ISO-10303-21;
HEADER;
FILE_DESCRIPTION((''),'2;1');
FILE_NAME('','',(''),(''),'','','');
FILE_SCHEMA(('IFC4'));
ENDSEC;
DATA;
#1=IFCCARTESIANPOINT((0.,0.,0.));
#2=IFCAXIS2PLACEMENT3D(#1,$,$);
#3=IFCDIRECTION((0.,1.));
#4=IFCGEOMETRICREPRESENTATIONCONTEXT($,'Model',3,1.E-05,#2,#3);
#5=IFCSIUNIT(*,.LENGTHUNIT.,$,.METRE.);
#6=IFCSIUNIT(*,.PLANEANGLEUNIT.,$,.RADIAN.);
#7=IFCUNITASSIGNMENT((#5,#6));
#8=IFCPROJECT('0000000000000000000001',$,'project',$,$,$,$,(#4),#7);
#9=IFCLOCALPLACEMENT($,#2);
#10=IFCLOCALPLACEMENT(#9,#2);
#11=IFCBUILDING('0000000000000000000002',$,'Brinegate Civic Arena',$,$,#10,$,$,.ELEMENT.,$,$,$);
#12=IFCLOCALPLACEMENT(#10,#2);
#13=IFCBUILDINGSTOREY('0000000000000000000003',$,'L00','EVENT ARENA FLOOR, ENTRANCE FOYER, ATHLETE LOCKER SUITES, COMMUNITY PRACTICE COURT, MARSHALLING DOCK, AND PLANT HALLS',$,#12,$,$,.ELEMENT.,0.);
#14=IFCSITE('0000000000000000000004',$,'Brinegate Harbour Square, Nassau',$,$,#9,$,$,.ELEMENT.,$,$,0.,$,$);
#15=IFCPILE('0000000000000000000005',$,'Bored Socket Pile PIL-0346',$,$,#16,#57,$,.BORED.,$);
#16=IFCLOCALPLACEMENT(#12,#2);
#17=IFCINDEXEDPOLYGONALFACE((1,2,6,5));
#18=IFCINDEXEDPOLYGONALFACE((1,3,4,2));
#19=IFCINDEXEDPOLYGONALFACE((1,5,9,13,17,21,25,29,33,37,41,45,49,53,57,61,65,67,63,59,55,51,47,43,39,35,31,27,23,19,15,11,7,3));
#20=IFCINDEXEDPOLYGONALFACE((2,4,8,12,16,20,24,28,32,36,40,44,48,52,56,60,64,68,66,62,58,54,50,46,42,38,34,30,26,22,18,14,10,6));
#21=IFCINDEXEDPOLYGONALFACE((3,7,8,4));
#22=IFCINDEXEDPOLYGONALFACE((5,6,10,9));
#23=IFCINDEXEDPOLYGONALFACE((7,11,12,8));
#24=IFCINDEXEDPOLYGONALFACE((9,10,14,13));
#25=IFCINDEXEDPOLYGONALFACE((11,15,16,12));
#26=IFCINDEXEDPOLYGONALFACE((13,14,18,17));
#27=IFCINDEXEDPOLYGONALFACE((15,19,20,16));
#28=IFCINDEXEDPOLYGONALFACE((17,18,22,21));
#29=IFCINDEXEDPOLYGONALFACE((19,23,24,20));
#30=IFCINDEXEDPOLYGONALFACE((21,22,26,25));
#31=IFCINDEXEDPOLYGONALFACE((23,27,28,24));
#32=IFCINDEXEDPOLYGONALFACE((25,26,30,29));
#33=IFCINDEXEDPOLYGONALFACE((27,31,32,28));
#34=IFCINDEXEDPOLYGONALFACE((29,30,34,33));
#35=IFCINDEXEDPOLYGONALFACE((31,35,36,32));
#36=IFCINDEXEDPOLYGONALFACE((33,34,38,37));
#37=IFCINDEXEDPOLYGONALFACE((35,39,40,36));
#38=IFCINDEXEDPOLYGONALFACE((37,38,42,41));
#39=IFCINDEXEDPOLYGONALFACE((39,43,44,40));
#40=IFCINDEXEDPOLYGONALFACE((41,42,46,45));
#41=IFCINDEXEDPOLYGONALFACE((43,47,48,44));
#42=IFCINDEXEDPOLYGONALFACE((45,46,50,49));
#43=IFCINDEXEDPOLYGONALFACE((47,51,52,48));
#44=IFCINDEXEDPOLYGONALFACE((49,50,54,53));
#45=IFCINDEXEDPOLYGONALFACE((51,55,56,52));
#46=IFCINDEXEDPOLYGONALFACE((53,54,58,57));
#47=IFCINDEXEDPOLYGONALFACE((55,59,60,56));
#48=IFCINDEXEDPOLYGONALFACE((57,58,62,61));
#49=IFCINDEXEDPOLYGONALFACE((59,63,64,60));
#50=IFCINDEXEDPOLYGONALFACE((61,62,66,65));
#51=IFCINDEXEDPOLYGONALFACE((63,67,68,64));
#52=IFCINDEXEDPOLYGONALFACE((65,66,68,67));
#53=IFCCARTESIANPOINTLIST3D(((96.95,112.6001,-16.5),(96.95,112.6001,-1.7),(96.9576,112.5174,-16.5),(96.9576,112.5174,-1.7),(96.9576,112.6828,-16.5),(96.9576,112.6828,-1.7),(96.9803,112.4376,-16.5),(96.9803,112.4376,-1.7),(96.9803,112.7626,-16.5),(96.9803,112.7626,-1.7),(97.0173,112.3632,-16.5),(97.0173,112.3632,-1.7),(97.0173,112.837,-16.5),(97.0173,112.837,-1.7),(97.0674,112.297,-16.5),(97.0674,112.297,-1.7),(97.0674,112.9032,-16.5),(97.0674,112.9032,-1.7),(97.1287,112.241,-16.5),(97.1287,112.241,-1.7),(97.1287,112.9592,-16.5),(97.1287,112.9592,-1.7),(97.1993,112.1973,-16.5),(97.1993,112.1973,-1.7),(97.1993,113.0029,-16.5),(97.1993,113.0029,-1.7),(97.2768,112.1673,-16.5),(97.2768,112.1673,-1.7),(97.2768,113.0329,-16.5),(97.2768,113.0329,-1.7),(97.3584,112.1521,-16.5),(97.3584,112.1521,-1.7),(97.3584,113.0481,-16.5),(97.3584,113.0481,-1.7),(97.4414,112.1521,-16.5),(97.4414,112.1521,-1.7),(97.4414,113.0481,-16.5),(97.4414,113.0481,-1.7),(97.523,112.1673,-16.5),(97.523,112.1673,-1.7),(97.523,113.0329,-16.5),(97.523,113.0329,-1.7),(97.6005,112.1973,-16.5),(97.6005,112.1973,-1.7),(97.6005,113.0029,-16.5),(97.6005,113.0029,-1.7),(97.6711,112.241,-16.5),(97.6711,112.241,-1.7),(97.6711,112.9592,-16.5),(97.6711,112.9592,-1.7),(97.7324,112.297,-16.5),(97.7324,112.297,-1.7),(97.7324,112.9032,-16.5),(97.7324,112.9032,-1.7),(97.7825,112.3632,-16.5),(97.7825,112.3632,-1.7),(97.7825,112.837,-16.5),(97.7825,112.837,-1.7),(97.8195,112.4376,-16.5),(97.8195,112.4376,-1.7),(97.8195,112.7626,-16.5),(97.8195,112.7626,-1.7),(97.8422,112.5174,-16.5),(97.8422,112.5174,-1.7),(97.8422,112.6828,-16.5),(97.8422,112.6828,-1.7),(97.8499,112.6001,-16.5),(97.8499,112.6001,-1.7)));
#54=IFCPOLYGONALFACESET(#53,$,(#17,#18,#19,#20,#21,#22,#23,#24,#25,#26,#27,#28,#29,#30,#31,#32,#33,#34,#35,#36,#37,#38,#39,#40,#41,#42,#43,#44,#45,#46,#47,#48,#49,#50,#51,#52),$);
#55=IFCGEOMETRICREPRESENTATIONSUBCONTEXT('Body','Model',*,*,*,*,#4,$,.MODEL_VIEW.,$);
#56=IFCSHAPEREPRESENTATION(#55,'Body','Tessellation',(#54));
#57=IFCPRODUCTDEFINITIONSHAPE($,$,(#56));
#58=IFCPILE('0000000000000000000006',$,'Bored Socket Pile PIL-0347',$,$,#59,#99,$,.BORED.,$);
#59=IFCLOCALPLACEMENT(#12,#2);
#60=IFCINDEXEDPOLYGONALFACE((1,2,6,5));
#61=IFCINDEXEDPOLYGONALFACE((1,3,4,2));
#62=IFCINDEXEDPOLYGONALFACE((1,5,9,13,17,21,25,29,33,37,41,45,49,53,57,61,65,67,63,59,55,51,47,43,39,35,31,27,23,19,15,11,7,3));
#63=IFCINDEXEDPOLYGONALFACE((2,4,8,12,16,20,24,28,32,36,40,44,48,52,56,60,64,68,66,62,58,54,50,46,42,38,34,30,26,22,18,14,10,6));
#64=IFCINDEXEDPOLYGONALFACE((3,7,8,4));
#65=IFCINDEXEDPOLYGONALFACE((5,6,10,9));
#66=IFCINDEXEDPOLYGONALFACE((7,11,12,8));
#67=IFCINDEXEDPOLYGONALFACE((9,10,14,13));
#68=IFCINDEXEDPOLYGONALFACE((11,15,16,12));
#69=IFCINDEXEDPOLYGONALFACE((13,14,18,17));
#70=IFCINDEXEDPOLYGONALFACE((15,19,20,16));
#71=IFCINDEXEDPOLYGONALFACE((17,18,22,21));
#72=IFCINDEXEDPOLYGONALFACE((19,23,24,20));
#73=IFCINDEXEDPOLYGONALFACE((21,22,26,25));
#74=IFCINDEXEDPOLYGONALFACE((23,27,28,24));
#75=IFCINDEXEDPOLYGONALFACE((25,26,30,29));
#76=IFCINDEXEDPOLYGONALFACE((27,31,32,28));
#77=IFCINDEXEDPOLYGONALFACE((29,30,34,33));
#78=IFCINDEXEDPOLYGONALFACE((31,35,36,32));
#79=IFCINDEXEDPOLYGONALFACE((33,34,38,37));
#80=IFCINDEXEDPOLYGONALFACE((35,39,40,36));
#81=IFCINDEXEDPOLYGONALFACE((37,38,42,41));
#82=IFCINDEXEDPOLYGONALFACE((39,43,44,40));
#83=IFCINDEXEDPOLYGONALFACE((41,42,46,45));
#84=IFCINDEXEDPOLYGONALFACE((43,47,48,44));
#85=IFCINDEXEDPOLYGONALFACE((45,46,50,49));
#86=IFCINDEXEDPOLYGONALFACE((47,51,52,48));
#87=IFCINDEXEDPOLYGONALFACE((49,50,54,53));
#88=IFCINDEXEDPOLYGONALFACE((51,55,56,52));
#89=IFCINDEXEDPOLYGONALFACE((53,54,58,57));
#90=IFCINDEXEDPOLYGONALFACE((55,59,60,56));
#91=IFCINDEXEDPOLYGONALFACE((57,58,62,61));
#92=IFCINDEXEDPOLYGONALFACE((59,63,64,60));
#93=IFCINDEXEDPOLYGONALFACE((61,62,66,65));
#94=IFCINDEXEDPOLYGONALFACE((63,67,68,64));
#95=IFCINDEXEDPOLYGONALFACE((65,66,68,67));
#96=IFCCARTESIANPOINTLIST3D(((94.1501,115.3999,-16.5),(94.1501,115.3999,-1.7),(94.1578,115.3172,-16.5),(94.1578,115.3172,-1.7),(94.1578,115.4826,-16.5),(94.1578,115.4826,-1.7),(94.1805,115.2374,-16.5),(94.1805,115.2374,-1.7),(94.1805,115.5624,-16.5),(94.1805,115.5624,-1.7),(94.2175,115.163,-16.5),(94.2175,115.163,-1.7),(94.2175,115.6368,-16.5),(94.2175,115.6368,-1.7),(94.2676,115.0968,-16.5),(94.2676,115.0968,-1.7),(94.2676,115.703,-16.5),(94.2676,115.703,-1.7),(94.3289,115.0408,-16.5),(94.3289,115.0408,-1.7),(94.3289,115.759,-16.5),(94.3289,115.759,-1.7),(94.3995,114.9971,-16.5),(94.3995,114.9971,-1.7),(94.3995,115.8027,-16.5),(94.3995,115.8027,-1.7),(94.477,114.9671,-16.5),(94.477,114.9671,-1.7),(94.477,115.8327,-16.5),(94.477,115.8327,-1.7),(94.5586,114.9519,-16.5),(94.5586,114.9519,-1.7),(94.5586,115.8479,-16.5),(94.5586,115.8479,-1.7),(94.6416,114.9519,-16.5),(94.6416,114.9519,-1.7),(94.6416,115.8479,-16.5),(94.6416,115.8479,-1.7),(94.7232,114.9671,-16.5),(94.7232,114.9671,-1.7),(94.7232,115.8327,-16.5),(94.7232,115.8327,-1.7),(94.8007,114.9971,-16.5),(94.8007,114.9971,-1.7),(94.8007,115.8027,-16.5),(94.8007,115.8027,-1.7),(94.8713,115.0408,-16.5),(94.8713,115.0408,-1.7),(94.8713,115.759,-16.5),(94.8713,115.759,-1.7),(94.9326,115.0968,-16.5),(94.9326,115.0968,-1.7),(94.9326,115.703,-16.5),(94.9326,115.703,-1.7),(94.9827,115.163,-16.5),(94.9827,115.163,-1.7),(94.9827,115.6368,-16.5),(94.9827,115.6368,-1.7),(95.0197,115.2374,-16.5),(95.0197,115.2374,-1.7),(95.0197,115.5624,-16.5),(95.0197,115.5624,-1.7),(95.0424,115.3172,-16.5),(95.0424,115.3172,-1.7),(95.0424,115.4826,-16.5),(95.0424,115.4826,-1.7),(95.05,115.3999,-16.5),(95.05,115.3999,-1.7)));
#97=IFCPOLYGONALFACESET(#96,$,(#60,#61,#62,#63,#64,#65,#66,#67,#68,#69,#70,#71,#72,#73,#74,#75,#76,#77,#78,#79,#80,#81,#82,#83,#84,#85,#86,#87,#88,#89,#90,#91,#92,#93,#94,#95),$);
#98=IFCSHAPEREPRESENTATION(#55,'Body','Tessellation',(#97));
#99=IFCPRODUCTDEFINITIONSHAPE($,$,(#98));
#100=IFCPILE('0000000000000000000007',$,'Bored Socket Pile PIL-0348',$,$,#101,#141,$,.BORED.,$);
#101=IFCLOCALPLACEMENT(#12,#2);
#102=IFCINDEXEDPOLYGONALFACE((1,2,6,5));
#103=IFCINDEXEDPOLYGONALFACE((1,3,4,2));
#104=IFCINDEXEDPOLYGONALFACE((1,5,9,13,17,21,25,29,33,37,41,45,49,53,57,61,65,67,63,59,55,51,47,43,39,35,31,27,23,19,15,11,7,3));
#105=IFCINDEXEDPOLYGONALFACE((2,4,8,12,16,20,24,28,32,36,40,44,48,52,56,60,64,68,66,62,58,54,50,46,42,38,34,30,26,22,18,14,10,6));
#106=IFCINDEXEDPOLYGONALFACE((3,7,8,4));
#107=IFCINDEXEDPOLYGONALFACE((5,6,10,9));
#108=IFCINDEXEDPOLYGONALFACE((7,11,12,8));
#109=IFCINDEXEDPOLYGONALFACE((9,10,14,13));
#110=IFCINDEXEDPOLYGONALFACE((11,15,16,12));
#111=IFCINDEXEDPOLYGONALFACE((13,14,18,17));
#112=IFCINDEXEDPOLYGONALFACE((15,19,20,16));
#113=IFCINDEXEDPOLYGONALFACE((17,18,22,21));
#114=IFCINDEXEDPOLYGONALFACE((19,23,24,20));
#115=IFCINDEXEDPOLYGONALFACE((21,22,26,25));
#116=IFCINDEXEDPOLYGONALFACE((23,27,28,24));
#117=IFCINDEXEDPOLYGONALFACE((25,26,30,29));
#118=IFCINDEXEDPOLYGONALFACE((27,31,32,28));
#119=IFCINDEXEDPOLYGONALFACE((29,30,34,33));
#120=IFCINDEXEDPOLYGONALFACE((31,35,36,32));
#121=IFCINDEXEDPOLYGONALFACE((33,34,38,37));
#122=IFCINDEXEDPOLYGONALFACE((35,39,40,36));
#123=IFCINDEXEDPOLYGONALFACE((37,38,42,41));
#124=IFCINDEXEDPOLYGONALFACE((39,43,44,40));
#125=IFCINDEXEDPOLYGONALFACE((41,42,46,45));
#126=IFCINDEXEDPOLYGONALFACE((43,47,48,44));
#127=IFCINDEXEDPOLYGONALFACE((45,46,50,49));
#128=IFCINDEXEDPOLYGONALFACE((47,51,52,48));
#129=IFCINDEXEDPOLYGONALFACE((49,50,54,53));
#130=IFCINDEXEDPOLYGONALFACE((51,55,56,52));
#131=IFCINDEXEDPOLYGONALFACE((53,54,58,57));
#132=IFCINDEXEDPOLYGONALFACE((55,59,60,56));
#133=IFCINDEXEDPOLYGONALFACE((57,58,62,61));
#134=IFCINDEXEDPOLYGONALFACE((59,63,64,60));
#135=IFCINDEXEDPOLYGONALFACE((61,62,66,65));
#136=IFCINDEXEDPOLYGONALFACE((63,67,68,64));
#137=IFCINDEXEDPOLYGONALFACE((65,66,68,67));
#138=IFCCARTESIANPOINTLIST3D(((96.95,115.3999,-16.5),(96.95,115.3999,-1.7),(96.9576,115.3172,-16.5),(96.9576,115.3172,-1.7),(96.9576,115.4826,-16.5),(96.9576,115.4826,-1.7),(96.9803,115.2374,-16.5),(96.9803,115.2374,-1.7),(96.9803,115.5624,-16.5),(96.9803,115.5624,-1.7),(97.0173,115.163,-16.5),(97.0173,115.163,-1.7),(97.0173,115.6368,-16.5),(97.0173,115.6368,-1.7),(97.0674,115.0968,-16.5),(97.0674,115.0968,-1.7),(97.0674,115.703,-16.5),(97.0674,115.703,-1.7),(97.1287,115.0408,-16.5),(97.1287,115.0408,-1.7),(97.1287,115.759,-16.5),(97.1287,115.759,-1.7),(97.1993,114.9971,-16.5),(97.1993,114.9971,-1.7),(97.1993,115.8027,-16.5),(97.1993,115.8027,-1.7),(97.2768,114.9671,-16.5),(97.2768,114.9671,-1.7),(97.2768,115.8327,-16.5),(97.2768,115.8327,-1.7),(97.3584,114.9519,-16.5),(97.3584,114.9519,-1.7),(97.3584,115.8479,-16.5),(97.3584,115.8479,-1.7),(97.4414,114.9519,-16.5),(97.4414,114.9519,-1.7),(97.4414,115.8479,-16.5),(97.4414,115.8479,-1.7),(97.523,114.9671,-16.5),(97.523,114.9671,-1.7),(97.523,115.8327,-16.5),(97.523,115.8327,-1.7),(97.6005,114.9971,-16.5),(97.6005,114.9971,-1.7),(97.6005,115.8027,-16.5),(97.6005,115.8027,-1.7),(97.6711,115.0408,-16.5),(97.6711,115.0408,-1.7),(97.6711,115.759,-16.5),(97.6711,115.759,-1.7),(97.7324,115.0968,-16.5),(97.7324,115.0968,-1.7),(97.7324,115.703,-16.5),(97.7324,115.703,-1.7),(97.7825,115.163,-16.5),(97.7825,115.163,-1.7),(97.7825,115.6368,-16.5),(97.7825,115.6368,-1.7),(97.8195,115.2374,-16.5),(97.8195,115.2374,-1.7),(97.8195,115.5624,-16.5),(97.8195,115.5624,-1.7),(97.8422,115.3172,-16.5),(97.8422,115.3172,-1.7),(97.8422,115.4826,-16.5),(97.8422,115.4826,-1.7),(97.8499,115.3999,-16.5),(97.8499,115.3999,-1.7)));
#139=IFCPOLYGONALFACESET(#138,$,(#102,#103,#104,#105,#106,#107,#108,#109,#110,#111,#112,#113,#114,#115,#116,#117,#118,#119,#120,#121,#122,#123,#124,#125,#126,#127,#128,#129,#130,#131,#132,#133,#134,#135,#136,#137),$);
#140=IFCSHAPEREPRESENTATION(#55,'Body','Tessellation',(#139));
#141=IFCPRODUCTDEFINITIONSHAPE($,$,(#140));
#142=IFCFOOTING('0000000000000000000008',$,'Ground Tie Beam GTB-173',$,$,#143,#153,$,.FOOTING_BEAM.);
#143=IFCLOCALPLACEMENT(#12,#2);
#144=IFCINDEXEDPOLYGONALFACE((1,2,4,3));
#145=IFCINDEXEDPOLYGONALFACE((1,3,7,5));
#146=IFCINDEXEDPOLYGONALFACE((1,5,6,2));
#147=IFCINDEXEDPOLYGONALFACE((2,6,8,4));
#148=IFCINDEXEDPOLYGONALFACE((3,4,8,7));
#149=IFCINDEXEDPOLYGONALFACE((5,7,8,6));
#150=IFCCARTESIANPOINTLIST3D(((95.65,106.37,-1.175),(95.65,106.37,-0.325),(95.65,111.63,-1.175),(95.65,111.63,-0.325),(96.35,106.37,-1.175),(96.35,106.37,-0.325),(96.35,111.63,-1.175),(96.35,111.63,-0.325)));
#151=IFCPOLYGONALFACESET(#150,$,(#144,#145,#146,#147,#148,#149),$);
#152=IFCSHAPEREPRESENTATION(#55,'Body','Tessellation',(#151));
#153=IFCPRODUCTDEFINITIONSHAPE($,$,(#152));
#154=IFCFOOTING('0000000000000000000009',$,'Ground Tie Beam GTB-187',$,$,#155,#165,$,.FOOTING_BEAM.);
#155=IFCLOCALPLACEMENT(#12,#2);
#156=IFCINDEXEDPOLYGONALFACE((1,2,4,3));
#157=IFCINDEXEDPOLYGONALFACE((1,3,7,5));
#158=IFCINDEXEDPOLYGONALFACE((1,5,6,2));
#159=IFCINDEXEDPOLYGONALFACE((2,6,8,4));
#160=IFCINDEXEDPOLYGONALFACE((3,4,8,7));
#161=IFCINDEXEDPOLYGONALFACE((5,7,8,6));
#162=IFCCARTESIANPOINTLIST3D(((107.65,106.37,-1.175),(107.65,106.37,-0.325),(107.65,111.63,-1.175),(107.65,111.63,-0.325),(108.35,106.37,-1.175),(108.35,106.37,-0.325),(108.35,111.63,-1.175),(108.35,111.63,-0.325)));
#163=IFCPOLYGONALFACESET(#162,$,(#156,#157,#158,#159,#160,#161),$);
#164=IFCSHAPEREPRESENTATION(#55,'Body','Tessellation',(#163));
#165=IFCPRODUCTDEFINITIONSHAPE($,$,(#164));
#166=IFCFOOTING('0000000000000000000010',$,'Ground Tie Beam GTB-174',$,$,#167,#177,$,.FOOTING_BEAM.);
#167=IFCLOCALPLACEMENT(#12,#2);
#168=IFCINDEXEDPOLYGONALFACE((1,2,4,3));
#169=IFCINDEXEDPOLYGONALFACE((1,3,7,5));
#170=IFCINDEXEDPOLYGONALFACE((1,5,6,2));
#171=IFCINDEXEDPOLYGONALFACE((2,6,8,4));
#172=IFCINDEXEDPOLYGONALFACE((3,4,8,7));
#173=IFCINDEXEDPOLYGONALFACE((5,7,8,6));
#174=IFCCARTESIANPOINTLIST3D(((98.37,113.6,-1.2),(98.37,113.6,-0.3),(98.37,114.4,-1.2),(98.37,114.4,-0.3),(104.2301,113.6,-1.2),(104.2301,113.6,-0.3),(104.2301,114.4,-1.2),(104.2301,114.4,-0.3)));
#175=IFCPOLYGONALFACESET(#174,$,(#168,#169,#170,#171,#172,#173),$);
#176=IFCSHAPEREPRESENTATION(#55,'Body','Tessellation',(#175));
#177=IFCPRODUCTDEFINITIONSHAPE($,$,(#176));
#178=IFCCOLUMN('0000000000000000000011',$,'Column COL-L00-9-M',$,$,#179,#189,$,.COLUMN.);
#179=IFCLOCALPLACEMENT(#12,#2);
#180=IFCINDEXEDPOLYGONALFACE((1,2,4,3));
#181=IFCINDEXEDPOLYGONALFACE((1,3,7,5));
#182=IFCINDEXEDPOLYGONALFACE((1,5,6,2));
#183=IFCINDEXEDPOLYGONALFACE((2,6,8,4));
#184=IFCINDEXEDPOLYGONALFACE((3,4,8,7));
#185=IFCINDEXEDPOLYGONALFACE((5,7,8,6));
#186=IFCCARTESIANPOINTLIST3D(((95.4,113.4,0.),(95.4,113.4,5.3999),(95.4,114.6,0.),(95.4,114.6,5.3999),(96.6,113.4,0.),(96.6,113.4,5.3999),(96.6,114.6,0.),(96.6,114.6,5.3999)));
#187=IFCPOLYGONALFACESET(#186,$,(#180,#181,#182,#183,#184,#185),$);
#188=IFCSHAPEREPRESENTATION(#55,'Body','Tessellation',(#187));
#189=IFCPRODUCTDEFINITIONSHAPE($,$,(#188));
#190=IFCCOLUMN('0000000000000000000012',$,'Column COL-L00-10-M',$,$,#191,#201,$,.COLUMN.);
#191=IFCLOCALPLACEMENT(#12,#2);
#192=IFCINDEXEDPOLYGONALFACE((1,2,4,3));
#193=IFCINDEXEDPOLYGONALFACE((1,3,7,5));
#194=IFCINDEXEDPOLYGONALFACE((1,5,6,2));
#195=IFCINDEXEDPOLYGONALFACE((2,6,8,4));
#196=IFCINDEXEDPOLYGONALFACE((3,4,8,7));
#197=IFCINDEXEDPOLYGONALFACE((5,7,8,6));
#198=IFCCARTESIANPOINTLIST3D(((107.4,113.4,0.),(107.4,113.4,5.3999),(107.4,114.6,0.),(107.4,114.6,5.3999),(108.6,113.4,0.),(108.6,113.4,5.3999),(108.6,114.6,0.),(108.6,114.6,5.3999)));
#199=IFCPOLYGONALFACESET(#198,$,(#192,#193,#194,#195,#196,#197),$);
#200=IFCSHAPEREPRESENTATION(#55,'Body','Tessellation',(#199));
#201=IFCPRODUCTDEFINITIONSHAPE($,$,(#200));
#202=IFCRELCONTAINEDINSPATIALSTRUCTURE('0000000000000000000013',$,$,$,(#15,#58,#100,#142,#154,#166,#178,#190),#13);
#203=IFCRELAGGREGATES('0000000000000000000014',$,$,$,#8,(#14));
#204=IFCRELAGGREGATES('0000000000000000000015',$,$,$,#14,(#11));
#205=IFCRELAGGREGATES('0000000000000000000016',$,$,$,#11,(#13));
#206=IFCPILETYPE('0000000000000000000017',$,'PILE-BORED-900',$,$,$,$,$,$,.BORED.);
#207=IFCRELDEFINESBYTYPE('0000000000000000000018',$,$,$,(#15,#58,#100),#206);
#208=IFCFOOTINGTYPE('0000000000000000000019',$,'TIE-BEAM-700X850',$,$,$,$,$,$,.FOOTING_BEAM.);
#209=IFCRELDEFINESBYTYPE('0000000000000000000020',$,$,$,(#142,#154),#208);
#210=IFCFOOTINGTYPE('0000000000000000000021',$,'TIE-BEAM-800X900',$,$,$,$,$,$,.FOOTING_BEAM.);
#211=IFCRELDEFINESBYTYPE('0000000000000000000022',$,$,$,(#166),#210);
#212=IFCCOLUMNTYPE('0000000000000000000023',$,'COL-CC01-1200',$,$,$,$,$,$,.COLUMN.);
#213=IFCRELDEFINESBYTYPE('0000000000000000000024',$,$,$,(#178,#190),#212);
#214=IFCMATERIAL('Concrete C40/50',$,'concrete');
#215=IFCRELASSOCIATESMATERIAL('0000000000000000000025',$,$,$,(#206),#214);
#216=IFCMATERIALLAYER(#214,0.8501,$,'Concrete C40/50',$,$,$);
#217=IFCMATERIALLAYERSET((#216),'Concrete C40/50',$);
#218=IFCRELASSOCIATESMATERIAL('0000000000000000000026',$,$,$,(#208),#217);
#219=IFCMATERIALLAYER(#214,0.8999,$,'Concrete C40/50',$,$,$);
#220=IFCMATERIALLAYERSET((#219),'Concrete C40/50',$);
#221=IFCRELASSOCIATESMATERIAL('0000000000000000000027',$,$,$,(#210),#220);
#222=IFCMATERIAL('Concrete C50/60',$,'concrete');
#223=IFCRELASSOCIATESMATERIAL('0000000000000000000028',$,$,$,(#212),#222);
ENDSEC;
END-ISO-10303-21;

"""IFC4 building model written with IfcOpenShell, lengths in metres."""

from ifc_helpers import new_model, si_unit, direction, frame, origin, origin_2d, place, context, subcontext, project, spatial, rectangle, circle, extrude, material, layer, layer_set, material_profile, profile_set, type_object, element, save


model = new_model("IFC4")

# Units and contexts
model_context = context("Model", 3, precision=1e-05, world=origin(), true_north=direction((0.0, 1.0)))
body_context = subcontext(model_context, "Body", "Model", "MODEL_VIEW")
ifc_project = project(units=[si_unit("LENGTHUNIT", "METRE"), si_unit("PLANEANGLEUNIT", "RADIAN")], contexts=[model_context])

# Site, building, storey
site_placement = place(None, origin())
site = spatial("IfcSite", under=ifc_project, at=site_placement, Name="Brinegate Harbour Square, Nassau", CompositionType="ELEMENT", RefElevation=0.0)
building_placement = place(site_placement, origin())
building = spatial("IfcBuilding", under=site, at=building_placement, Name="Brinegate Civic Arena", CompositionType="ELEMENT")
storey_placement = place(building_placement, origin())
storey = spatial("IfcBuildingStorey", under=building, at=storey_placement, Name="L00", Description="EVENT ARENA FLOOR, ENTRANCE FOYER, ATHLETE LOCKER SUITES, COMMUNITY PRACTICE COURT, MARSHALLING DOCK, AND PLANT HALLS", CompositionType="ELEMENT", Elevation=0.0)

# Shared definitions
ifc_material_1 = material(Name="Concrete C40/50", Category="concrete")

# Piles
ifc_material_profile_1 = material_profile(ifc_material_1, circle(Radius=0.45, at=origin_2d()), Name="PILED900")
ifc_profile_set_1 = profile_set([ifc_material_profile_1], Name="Concrete C40/50")
pile_type_1 = type_object("IfcPileType", Name="PILE-BORED-900", PredefinedType="BORED", material=ifc_profile_set_1)
for number, where, z_axis, x_axis, name in (
    (1, (97.3999, 112.6001, -1.7), (0.0, 0.0, -1.0), (1.0, 0.0, 0.0), "Bored Socket Pile PIL-0346"),
    (2, (94.6001, 115.3999, -1.7), (0.0, 0.0, -1.0), (1.0, 0.0, 0.0), "Bored Socket Pile PIL-0347"),
    (3, (97.3999, 115.3999, -1.7), (0.0, 0.0, -1.0), (1.0, 0.0, 0.0), "Bored Socket Pile PIL-0348"),
):
    element("IfcPile", number, at=place(storey_placement, frame(where, z_axis=z_axis, x_axis=x_axis)), inside=storey, type_object=pile_type_1, Name=name, PredefinedType="BORED", context=body_context, shape_type="SweptSolid", body=[
        extrude(circle(Radius=0.45, at=origin_2d()), origin(), (0.0, 0.0, 1.0), 14.8),
    ])

# Footings
ifc_layer_1 = layer(ifc_material_1, 0.8501, Name="Concrete C40/50")
ifc_layer_set_1 = layer_set([ifc_layer_1], Name="Concrete C40/50")
footing_type_1 = type_object("IfcFootingType", Name="TIE-BEAM-700X850", PredefinedType="FOOTING_BEAM", material=ifc_layer_set_1)
for number, where, z_axis, x_axis, name in (
    (4, (96.0, 109.0, -1.175), (0.0, 0.0, 1.0), (0.0, 1.0, 0.0), "Ground Tie Beam GTB-173"),
    (5, (108.0, 109.0, -1.175), (0.0, 0.0, 1.0), (0.0, 1.0, 0.0), "Ground Tie Beam GTB-187"),
):
    element("IfcFooting", number, at=place(storey_placement, frame(where, z_axis=z_axis, x_axis=x_axis)), inside=storey, type_object=footing_type_1, Name=name, PredefinedType="FOOTING_BEAM", context=body_context, shape_type="SweptSolid", body=[
        extrude(rectangle(XDim=5.26, YDim=0.7, at=origin_2d()), origin(), (0.0, 0.0, 1.0), 0.8501),
    ])
ifc_layer_2 = layer(ifc_material_1, 0.8999, Name="Concrete C40/50")
ifc_layer_set_2 = layer_set([ifc_layer_2], Name="Concrete C40/50")
footing_type_2 = type_object("IfcFootingType", Name="TIE-BEAM-800X900", PredefinedType="FOOTING_BEAM", material=ifc_layer_set_2)
footing_1_placement = place(storey_placement, frame((101.3, 114.0, -1.2), z_axis=(0.0, 0.0, 1.0), x_axis=(1.0, 0.0, 0.0)))
element("IfcFooting", 6, at=footing_1_placement, inside=storey, type_object=footing_type_2, Name="Ground Tie Beam GTB-174", PredefinedType="FOOTING_BEAM", context=body_context, shape_type="SweptSolid", body=[
    extrude(rectangle(XDim=5.8601, YDim=0.8, at=origin_2d()), origin(), (0.0, 0.0, 1.0), 0.8999),
])

# Columns
ifc_material_2 = material(Name="Concrete C50/60", Category="concrete")
ifc_material_profile_2 = material_profile(ifc_material_2, rectangle(XDim=1.2, YDim=1.2, at=origin_2d()), Name="RC1200X1200")
ifc_profile_set_2 = profile_set([ifc_material_profile_2], Name="Concrete C50/60")
column_type = type_object("IfcColumnType", Name="COL-CC01-1200", PredefinedType="COLUMN", material=ifc_profile_set_2)
for number, where, z_axis, x_axis, name in (
    (7, (96.0, 114.0, 0.0), (0.0, 0.0, 1.0), (1.0, 0.0, 0.0), "Column COL-L00-9-M"),
    (8, (108.0, 114.0, 0.0), (0.0, 0.0, 1.0), (1.0, 0.0, 0.0), "Column COL-L00-10-M"),
):
    element("IfcColumn", number, at=place(storey_placement, frame(where, z_axis=z_axis, x_axis=x_axis)), inside=storey, type_object=column_type, Name=name, PredefinedType="COLUMN", context=body_context, shape_type="SweptSolid", body=[
        extrude(rectangle(XDim=1.2, YDim=1.2, at=origin_2d()), origin(), (0.0, 0.0, 1.0), 5.3999),
    ])

save(model, "model.ifc")
